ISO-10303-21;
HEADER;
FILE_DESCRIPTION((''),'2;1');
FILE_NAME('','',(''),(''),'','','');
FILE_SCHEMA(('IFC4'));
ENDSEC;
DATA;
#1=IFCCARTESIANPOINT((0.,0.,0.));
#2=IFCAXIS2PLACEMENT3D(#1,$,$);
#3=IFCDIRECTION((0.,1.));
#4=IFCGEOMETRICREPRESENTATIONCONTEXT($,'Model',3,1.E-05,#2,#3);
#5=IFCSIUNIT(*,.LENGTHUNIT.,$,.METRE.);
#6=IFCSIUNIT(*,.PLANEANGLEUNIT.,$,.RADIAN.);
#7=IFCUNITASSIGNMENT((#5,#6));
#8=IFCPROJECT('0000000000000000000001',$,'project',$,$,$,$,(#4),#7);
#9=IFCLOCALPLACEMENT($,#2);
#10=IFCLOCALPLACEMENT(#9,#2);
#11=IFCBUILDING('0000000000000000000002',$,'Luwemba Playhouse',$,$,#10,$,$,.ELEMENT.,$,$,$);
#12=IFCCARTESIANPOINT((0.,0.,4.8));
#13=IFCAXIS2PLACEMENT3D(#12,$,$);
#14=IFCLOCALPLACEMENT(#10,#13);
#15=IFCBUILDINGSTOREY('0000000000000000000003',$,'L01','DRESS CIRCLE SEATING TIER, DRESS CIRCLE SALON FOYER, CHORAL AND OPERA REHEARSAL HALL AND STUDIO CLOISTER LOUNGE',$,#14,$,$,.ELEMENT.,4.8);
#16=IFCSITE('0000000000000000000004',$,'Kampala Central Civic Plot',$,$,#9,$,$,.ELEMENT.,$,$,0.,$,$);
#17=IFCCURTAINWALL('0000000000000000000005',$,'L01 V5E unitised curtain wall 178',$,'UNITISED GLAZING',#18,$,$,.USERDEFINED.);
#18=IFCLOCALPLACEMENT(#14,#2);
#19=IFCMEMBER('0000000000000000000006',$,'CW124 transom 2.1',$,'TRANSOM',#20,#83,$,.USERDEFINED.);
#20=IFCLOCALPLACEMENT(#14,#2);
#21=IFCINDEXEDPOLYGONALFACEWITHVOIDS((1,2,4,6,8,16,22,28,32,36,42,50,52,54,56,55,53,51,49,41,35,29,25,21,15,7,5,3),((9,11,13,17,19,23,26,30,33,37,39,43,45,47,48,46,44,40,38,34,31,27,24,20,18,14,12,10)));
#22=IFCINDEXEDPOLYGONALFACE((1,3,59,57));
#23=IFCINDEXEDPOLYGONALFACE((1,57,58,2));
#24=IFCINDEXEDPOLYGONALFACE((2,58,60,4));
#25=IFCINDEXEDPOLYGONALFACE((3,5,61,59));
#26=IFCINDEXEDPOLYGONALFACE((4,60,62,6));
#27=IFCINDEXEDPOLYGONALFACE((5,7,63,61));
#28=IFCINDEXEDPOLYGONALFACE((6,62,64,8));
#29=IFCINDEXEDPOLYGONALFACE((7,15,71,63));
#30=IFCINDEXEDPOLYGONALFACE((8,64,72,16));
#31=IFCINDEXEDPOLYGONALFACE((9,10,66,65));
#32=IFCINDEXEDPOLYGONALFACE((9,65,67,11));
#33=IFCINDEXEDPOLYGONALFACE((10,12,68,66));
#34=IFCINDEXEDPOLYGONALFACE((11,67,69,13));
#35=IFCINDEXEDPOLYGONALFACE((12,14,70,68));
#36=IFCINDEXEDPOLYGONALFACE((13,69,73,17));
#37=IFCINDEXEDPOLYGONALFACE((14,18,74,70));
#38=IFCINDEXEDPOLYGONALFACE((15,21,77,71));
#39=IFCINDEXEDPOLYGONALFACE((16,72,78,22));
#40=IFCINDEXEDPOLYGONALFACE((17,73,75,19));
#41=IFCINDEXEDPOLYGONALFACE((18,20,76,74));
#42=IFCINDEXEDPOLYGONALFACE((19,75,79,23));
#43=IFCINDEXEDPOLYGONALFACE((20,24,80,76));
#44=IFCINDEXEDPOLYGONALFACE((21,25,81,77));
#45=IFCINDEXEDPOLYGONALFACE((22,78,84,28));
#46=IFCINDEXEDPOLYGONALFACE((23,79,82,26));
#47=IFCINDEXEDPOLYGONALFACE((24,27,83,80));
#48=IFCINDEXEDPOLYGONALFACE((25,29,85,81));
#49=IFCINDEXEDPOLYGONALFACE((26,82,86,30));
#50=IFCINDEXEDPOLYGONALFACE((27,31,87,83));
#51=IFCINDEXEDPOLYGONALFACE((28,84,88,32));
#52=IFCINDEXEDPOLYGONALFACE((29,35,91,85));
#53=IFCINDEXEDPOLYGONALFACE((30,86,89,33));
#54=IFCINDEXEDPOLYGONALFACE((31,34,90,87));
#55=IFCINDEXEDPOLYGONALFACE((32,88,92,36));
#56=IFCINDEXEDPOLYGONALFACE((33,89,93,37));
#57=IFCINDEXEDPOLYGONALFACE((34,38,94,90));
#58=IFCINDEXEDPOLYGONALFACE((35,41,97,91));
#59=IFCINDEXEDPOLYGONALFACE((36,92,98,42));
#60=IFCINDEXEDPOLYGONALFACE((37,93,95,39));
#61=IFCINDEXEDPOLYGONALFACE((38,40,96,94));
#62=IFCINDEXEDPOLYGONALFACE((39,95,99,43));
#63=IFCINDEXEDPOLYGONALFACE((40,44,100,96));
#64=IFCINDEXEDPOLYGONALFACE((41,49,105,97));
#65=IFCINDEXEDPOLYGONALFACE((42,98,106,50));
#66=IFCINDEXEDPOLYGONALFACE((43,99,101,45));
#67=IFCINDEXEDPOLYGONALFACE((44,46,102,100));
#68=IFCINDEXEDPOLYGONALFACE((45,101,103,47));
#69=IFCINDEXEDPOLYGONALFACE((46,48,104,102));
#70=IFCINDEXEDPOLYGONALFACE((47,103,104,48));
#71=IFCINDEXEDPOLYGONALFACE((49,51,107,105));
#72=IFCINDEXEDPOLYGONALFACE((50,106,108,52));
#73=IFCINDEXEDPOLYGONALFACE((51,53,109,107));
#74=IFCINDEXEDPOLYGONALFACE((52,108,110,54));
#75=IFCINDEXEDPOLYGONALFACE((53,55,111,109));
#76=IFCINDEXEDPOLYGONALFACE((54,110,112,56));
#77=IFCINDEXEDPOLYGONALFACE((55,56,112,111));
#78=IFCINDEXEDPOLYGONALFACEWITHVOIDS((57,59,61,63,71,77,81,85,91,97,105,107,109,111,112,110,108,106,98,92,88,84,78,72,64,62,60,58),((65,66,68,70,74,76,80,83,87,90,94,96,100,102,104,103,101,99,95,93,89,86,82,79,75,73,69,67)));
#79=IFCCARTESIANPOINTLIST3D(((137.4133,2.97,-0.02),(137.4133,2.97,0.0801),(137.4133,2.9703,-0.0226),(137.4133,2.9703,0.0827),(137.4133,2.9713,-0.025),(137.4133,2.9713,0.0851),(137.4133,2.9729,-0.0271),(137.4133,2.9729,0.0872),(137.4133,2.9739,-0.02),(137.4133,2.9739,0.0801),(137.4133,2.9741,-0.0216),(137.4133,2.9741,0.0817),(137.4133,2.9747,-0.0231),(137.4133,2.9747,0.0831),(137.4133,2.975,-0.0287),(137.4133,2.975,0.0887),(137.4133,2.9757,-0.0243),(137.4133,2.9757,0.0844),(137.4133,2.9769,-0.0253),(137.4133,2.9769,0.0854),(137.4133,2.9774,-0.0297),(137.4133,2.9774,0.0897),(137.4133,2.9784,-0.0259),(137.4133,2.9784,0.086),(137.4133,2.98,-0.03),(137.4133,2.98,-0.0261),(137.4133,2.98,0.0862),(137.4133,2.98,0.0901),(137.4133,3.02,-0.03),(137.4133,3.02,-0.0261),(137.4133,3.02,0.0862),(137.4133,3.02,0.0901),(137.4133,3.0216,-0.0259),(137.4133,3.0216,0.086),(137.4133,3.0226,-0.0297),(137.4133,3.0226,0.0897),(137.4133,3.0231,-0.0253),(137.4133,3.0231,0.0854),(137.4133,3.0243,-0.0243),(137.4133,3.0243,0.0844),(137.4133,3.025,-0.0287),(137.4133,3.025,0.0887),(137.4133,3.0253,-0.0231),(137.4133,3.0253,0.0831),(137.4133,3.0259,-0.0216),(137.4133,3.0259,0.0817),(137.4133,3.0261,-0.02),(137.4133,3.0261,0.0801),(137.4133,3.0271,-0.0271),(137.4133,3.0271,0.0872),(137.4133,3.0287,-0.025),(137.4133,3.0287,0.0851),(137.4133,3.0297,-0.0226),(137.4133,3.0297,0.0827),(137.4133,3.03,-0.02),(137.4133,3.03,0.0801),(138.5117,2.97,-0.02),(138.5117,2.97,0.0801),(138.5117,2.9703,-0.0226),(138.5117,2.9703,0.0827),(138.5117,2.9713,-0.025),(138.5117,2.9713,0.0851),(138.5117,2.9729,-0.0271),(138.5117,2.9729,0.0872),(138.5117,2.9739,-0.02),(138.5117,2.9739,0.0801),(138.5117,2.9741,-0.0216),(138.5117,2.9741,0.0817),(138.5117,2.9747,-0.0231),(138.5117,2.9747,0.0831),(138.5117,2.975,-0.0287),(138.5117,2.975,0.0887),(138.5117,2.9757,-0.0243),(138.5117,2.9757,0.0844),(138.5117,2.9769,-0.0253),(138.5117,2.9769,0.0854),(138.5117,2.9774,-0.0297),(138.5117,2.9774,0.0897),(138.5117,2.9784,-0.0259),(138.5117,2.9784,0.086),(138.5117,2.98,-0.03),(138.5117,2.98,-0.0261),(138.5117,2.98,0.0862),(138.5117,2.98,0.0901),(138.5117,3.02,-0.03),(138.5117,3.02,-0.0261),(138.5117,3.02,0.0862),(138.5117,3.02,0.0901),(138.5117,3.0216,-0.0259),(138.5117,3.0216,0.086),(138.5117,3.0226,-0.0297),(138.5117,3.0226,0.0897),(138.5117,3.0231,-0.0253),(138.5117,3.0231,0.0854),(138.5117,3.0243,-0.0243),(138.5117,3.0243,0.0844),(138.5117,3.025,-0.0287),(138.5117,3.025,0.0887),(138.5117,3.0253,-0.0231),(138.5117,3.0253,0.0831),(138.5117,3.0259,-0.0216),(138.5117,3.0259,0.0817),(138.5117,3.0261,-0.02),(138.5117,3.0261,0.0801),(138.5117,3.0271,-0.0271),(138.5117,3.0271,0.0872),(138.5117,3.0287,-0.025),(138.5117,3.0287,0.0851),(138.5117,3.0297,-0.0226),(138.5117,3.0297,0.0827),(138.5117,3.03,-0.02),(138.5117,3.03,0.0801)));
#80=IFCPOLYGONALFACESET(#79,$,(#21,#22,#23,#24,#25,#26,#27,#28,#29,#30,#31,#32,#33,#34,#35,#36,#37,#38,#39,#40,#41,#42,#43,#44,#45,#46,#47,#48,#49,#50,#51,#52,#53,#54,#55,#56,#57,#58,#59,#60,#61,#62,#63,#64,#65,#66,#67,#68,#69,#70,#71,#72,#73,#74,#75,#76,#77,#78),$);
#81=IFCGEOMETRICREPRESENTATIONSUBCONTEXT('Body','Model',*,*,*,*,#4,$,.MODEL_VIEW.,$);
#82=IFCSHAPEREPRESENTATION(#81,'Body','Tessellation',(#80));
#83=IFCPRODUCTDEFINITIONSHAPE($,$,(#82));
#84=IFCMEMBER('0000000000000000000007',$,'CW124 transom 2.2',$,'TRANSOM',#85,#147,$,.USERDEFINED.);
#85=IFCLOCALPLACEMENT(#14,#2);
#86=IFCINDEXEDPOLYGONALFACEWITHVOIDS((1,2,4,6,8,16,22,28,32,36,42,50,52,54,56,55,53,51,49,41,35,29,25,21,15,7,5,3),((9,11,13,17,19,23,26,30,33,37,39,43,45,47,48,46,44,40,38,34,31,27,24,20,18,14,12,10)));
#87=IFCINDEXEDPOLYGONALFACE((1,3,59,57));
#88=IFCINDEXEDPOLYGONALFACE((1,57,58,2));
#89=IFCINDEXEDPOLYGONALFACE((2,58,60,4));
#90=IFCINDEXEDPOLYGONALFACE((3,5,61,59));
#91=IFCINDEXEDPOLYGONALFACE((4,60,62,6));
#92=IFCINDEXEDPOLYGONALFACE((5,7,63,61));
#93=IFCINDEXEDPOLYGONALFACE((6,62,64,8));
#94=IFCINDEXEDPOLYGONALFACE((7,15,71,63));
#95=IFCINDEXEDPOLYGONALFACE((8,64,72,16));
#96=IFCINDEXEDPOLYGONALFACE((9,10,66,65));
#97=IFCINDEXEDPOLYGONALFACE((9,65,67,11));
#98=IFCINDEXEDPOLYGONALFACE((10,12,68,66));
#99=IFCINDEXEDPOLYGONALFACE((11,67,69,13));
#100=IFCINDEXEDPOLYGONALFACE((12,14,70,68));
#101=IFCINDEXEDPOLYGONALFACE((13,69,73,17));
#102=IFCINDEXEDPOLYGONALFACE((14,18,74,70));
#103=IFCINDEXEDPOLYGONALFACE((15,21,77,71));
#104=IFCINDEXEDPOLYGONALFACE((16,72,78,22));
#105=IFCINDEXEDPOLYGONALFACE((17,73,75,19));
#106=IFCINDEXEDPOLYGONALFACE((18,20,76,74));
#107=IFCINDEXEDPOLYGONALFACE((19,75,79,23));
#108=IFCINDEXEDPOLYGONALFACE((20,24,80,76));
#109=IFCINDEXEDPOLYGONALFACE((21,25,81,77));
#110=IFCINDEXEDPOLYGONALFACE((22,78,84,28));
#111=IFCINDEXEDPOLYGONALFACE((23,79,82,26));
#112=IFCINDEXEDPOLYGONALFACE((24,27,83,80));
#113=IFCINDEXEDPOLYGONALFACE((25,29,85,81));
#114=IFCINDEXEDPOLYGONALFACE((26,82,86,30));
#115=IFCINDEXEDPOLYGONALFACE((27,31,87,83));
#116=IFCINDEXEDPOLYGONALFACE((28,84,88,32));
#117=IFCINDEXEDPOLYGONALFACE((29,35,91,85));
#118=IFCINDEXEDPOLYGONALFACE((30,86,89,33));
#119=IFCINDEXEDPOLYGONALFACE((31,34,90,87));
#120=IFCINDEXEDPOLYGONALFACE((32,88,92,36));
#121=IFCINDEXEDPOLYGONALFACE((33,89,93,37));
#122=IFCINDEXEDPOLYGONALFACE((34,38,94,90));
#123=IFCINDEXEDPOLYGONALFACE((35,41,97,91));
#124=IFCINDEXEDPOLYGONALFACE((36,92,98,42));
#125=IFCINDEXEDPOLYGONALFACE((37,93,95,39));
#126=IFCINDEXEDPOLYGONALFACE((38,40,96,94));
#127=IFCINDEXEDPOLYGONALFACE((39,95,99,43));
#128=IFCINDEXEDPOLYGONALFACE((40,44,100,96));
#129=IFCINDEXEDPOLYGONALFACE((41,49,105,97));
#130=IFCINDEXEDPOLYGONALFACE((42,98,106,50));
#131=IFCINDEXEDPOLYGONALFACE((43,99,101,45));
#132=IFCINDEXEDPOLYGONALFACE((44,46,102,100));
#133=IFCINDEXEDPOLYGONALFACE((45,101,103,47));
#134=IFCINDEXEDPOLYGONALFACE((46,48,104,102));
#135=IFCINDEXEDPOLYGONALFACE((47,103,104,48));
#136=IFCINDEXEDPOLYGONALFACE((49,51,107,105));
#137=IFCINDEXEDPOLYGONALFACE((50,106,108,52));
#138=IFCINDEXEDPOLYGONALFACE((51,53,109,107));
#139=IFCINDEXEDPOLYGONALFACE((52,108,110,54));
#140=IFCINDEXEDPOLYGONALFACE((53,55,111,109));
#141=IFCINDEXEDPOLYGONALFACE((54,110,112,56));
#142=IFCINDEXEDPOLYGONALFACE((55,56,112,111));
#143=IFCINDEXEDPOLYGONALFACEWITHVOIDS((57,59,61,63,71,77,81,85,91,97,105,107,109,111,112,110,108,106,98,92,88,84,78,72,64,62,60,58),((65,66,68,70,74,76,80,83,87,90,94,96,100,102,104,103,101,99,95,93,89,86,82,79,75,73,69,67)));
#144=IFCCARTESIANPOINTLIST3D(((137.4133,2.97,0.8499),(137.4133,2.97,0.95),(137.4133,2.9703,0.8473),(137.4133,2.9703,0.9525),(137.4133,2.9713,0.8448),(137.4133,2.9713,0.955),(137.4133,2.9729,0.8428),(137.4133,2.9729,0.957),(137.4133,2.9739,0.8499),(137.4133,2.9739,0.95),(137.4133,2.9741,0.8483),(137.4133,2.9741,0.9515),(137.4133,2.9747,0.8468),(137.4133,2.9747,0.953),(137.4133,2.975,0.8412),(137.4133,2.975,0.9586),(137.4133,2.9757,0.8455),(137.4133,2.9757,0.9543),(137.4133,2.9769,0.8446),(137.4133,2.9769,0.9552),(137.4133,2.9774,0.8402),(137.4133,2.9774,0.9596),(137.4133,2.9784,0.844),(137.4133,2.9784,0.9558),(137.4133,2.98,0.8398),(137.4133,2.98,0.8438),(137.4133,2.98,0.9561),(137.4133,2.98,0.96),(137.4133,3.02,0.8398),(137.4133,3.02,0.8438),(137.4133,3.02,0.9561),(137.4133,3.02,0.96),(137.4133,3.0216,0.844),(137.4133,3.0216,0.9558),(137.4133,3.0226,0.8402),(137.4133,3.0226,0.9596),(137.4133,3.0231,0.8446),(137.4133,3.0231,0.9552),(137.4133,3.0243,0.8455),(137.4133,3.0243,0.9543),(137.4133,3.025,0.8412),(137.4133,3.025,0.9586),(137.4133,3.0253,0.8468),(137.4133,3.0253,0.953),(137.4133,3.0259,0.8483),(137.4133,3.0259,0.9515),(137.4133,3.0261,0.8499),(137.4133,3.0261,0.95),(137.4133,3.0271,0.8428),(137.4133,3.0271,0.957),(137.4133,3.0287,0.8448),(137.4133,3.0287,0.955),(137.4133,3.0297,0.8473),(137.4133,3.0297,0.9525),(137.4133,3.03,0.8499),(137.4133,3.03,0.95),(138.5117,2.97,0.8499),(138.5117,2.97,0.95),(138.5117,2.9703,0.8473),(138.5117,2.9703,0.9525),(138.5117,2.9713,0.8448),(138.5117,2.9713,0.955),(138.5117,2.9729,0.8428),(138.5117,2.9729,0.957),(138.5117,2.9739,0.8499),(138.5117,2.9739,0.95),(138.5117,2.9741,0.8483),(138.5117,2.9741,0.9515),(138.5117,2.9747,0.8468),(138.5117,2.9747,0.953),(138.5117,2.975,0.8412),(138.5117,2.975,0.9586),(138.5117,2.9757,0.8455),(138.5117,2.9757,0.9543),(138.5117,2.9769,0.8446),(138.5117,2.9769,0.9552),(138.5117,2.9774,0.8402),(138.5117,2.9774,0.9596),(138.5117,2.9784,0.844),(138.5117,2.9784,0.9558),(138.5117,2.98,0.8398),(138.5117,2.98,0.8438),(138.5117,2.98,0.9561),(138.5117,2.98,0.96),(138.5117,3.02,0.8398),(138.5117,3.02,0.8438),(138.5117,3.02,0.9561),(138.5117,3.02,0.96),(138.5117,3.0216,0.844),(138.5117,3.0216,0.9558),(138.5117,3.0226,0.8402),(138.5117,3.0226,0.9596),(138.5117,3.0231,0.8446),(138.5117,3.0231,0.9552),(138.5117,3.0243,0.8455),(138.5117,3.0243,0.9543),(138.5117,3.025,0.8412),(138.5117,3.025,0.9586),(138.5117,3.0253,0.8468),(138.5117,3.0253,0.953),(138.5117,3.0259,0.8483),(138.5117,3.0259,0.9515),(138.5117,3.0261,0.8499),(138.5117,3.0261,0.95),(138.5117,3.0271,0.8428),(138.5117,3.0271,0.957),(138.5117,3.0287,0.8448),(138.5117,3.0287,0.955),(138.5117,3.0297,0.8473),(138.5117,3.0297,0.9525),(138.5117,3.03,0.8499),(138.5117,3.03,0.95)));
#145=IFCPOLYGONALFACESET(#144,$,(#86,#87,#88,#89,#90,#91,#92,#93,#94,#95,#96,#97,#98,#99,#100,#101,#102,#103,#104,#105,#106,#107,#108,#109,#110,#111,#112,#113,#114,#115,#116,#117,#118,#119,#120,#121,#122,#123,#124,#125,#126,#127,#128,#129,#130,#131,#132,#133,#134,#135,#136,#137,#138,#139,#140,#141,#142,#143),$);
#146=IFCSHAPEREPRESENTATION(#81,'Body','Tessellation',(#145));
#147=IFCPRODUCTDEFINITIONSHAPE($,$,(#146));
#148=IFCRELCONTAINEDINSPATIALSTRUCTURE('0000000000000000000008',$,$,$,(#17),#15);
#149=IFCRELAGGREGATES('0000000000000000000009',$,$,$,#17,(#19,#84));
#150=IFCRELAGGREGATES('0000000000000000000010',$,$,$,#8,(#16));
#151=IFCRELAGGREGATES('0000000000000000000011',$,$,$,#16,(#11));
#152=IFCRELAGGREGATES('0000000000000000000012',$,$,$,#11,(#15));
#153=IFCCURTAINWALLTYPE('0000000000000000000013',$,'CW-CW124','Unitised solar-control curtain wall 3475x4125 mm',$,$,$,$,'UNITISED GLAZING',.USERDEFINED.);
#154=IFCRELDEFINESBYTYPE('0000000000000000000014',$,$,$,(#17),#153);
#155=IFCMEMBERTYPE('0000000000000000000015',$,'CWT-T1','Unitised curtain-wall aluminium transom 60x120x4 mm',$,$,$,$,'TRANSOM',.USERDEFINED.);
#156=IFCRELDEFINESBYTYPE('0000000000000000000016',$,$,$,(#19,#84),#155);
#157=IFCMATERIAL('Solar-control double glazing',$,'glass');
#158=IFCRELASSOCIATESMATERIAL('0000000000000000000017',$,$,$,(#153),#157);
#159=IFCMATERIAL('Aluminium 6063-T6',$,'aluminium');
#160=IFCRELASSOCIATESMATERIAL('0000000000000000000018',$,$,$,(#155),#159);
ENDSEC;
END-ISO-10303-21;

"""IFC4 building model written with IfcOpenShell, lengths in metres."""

from ifc_helpers import new_model, si_unit, direction, frame, origin, origin_2d, place, context, subcontext, project, spatial, hollow_rectangle, extrude, material, material_profile, profile_set, type_object, element, aggregate, save


model = new_model("IFC4")

# Units and contexts
model_context = context("Model", 3, precision=1e-05, world=origin(), true_north=direction((0.0, 1.0)))
body_context = subcontext(model_context, "Body", "Model", "MODEL_VIEW")
ifc_project = project(units=[si_unit("LENGTHUNIT", "METRE"), si_unit("PLANEANGLEUNIT", "RADIAN")], contexts=[model_context])

# Site, building, storey
site_placement = place(None, origin())
site = spatial("IfcSite", under=ifc_project, at=site_placement, Name="Kampala Central Civic Plot", CompositionType="ELEMENT", RefElevation=0.0)
building_placement = place(site_placement, origin())
building = spatial("IfcBuilding", under=site, at=building_placement, Name="Luwemba Playhouse", CompositionType="ELEMENT")
storey_placement = place(building_placement, frame((0.0, 0.0, 4.8)))
storey = spatial("IfcBuildingStorey", under=building, at=storey_placement, Name="L01", Description="DRESS CIRCLE SEATING TIER, DRESS CIRCLE SALON FOYER, CHORAL AND OPERA REHEARSAL HALL AND STUDIO CLOISTER LOUNGE", CompositionType="ELEMENT", Elevation=4.8)

# Curtain wall, members
ifc_material_1 = material(Name="Solar-control double glazing", Category="glass")
curtain_wall_type = type_object("IfcCurtainWallType", Name="CW-CW124", Description="Unitised solar-control curtain wall 3475x4125 mm", ElementType="UNITISED GLAZING", PredefinedType="USERDEFINED", material=ifc_material_1)
curtain_wall_placement = place(storey_placement, origin())
curtain_wall = element("IfcCurtainWall", 1, at=curtain_wall_placement, inside=storey, type_object=curtain_wall_type, Name="L01 V5E unitised curtain wall 178", ObjectType="UNITISED GLAZING", PredefinedType="USERDEFINED")
ifc_material_2 = material(Name="Aluminium 6063-T6", Category="aluminium")
ifc_material_profile_1 = material_profile(ifc_material_2, hollow_rectangle(XDim=0.0601, YDim=0.1201, WallThickness=0.0039, InnerFilletRadius=0.0061, OuterFilletRadius=0.01, at=origin_2d()))
ifc_profile_set_1 = profile_set([ifc_material_profile_1], Name="Aluminium 6063-T6")
member_type_1 = type_object("IfcMemberType", Name="CWT-T1", Description="Unitised curtain-wall aluminium transom 60x120x4 mm", ElementType="TRANSOM", PredefinedType="USERDEFINED", material=ifc_profile_set_1)
member_1_placement = place(storey_placement, frame((138.5117, 3.0, 0.03), z_axis=(-1.0, 0.0, 0.0), x_axis=(0.0, -1.0, 0.0)))
member_1 = element("IfcMember", 2, at=member_1_placement, type_object=member_type_1, Name="CW124 transom 2.1", ObjectType="TRANSOM", PredefinedType="USERDEFINED", context=body_context, shape_type="SweptSolid", body=[
    extrude(hollow_rectangle(XDim=0.0601, YDim=0.1201, WallThickness=0.0039, InnerFilletRadius=0.0061, OuterFilletRadius=0.01, at=origin_2d()), origin(), (0.0, 0.0, 1.0), 1.0984),
])
member_2_placement = place(storey_placement, frame((138.5117, 3.0, 0.8999), z_axis=(-1.0, 0.0, 0.0), x_axis=(0.0, -1.0, 0.0)))
member_2 = element("IfcMember", 3, at=member_2_placement, type_object=member_type_1, Name="CW124 transom 2.2", ObjectType="TRANSOM", PredefinedType="USERDEFINED", context=body_context, shape_type="SweptSolid", body=[
    extrude(hollow_rectangle(XDim=0.0601, YDim=0.1201, WallThickness=0.0039, InnerFilletRadius=0.0061, OuterFilletRadius=0.01, at=origin_2d()), origin(), (0.0, 0.0, 1.0), 1.0984),
])

aggregate(curtain_wall, [member_1, member_2])

save(model, "model.ifc")
